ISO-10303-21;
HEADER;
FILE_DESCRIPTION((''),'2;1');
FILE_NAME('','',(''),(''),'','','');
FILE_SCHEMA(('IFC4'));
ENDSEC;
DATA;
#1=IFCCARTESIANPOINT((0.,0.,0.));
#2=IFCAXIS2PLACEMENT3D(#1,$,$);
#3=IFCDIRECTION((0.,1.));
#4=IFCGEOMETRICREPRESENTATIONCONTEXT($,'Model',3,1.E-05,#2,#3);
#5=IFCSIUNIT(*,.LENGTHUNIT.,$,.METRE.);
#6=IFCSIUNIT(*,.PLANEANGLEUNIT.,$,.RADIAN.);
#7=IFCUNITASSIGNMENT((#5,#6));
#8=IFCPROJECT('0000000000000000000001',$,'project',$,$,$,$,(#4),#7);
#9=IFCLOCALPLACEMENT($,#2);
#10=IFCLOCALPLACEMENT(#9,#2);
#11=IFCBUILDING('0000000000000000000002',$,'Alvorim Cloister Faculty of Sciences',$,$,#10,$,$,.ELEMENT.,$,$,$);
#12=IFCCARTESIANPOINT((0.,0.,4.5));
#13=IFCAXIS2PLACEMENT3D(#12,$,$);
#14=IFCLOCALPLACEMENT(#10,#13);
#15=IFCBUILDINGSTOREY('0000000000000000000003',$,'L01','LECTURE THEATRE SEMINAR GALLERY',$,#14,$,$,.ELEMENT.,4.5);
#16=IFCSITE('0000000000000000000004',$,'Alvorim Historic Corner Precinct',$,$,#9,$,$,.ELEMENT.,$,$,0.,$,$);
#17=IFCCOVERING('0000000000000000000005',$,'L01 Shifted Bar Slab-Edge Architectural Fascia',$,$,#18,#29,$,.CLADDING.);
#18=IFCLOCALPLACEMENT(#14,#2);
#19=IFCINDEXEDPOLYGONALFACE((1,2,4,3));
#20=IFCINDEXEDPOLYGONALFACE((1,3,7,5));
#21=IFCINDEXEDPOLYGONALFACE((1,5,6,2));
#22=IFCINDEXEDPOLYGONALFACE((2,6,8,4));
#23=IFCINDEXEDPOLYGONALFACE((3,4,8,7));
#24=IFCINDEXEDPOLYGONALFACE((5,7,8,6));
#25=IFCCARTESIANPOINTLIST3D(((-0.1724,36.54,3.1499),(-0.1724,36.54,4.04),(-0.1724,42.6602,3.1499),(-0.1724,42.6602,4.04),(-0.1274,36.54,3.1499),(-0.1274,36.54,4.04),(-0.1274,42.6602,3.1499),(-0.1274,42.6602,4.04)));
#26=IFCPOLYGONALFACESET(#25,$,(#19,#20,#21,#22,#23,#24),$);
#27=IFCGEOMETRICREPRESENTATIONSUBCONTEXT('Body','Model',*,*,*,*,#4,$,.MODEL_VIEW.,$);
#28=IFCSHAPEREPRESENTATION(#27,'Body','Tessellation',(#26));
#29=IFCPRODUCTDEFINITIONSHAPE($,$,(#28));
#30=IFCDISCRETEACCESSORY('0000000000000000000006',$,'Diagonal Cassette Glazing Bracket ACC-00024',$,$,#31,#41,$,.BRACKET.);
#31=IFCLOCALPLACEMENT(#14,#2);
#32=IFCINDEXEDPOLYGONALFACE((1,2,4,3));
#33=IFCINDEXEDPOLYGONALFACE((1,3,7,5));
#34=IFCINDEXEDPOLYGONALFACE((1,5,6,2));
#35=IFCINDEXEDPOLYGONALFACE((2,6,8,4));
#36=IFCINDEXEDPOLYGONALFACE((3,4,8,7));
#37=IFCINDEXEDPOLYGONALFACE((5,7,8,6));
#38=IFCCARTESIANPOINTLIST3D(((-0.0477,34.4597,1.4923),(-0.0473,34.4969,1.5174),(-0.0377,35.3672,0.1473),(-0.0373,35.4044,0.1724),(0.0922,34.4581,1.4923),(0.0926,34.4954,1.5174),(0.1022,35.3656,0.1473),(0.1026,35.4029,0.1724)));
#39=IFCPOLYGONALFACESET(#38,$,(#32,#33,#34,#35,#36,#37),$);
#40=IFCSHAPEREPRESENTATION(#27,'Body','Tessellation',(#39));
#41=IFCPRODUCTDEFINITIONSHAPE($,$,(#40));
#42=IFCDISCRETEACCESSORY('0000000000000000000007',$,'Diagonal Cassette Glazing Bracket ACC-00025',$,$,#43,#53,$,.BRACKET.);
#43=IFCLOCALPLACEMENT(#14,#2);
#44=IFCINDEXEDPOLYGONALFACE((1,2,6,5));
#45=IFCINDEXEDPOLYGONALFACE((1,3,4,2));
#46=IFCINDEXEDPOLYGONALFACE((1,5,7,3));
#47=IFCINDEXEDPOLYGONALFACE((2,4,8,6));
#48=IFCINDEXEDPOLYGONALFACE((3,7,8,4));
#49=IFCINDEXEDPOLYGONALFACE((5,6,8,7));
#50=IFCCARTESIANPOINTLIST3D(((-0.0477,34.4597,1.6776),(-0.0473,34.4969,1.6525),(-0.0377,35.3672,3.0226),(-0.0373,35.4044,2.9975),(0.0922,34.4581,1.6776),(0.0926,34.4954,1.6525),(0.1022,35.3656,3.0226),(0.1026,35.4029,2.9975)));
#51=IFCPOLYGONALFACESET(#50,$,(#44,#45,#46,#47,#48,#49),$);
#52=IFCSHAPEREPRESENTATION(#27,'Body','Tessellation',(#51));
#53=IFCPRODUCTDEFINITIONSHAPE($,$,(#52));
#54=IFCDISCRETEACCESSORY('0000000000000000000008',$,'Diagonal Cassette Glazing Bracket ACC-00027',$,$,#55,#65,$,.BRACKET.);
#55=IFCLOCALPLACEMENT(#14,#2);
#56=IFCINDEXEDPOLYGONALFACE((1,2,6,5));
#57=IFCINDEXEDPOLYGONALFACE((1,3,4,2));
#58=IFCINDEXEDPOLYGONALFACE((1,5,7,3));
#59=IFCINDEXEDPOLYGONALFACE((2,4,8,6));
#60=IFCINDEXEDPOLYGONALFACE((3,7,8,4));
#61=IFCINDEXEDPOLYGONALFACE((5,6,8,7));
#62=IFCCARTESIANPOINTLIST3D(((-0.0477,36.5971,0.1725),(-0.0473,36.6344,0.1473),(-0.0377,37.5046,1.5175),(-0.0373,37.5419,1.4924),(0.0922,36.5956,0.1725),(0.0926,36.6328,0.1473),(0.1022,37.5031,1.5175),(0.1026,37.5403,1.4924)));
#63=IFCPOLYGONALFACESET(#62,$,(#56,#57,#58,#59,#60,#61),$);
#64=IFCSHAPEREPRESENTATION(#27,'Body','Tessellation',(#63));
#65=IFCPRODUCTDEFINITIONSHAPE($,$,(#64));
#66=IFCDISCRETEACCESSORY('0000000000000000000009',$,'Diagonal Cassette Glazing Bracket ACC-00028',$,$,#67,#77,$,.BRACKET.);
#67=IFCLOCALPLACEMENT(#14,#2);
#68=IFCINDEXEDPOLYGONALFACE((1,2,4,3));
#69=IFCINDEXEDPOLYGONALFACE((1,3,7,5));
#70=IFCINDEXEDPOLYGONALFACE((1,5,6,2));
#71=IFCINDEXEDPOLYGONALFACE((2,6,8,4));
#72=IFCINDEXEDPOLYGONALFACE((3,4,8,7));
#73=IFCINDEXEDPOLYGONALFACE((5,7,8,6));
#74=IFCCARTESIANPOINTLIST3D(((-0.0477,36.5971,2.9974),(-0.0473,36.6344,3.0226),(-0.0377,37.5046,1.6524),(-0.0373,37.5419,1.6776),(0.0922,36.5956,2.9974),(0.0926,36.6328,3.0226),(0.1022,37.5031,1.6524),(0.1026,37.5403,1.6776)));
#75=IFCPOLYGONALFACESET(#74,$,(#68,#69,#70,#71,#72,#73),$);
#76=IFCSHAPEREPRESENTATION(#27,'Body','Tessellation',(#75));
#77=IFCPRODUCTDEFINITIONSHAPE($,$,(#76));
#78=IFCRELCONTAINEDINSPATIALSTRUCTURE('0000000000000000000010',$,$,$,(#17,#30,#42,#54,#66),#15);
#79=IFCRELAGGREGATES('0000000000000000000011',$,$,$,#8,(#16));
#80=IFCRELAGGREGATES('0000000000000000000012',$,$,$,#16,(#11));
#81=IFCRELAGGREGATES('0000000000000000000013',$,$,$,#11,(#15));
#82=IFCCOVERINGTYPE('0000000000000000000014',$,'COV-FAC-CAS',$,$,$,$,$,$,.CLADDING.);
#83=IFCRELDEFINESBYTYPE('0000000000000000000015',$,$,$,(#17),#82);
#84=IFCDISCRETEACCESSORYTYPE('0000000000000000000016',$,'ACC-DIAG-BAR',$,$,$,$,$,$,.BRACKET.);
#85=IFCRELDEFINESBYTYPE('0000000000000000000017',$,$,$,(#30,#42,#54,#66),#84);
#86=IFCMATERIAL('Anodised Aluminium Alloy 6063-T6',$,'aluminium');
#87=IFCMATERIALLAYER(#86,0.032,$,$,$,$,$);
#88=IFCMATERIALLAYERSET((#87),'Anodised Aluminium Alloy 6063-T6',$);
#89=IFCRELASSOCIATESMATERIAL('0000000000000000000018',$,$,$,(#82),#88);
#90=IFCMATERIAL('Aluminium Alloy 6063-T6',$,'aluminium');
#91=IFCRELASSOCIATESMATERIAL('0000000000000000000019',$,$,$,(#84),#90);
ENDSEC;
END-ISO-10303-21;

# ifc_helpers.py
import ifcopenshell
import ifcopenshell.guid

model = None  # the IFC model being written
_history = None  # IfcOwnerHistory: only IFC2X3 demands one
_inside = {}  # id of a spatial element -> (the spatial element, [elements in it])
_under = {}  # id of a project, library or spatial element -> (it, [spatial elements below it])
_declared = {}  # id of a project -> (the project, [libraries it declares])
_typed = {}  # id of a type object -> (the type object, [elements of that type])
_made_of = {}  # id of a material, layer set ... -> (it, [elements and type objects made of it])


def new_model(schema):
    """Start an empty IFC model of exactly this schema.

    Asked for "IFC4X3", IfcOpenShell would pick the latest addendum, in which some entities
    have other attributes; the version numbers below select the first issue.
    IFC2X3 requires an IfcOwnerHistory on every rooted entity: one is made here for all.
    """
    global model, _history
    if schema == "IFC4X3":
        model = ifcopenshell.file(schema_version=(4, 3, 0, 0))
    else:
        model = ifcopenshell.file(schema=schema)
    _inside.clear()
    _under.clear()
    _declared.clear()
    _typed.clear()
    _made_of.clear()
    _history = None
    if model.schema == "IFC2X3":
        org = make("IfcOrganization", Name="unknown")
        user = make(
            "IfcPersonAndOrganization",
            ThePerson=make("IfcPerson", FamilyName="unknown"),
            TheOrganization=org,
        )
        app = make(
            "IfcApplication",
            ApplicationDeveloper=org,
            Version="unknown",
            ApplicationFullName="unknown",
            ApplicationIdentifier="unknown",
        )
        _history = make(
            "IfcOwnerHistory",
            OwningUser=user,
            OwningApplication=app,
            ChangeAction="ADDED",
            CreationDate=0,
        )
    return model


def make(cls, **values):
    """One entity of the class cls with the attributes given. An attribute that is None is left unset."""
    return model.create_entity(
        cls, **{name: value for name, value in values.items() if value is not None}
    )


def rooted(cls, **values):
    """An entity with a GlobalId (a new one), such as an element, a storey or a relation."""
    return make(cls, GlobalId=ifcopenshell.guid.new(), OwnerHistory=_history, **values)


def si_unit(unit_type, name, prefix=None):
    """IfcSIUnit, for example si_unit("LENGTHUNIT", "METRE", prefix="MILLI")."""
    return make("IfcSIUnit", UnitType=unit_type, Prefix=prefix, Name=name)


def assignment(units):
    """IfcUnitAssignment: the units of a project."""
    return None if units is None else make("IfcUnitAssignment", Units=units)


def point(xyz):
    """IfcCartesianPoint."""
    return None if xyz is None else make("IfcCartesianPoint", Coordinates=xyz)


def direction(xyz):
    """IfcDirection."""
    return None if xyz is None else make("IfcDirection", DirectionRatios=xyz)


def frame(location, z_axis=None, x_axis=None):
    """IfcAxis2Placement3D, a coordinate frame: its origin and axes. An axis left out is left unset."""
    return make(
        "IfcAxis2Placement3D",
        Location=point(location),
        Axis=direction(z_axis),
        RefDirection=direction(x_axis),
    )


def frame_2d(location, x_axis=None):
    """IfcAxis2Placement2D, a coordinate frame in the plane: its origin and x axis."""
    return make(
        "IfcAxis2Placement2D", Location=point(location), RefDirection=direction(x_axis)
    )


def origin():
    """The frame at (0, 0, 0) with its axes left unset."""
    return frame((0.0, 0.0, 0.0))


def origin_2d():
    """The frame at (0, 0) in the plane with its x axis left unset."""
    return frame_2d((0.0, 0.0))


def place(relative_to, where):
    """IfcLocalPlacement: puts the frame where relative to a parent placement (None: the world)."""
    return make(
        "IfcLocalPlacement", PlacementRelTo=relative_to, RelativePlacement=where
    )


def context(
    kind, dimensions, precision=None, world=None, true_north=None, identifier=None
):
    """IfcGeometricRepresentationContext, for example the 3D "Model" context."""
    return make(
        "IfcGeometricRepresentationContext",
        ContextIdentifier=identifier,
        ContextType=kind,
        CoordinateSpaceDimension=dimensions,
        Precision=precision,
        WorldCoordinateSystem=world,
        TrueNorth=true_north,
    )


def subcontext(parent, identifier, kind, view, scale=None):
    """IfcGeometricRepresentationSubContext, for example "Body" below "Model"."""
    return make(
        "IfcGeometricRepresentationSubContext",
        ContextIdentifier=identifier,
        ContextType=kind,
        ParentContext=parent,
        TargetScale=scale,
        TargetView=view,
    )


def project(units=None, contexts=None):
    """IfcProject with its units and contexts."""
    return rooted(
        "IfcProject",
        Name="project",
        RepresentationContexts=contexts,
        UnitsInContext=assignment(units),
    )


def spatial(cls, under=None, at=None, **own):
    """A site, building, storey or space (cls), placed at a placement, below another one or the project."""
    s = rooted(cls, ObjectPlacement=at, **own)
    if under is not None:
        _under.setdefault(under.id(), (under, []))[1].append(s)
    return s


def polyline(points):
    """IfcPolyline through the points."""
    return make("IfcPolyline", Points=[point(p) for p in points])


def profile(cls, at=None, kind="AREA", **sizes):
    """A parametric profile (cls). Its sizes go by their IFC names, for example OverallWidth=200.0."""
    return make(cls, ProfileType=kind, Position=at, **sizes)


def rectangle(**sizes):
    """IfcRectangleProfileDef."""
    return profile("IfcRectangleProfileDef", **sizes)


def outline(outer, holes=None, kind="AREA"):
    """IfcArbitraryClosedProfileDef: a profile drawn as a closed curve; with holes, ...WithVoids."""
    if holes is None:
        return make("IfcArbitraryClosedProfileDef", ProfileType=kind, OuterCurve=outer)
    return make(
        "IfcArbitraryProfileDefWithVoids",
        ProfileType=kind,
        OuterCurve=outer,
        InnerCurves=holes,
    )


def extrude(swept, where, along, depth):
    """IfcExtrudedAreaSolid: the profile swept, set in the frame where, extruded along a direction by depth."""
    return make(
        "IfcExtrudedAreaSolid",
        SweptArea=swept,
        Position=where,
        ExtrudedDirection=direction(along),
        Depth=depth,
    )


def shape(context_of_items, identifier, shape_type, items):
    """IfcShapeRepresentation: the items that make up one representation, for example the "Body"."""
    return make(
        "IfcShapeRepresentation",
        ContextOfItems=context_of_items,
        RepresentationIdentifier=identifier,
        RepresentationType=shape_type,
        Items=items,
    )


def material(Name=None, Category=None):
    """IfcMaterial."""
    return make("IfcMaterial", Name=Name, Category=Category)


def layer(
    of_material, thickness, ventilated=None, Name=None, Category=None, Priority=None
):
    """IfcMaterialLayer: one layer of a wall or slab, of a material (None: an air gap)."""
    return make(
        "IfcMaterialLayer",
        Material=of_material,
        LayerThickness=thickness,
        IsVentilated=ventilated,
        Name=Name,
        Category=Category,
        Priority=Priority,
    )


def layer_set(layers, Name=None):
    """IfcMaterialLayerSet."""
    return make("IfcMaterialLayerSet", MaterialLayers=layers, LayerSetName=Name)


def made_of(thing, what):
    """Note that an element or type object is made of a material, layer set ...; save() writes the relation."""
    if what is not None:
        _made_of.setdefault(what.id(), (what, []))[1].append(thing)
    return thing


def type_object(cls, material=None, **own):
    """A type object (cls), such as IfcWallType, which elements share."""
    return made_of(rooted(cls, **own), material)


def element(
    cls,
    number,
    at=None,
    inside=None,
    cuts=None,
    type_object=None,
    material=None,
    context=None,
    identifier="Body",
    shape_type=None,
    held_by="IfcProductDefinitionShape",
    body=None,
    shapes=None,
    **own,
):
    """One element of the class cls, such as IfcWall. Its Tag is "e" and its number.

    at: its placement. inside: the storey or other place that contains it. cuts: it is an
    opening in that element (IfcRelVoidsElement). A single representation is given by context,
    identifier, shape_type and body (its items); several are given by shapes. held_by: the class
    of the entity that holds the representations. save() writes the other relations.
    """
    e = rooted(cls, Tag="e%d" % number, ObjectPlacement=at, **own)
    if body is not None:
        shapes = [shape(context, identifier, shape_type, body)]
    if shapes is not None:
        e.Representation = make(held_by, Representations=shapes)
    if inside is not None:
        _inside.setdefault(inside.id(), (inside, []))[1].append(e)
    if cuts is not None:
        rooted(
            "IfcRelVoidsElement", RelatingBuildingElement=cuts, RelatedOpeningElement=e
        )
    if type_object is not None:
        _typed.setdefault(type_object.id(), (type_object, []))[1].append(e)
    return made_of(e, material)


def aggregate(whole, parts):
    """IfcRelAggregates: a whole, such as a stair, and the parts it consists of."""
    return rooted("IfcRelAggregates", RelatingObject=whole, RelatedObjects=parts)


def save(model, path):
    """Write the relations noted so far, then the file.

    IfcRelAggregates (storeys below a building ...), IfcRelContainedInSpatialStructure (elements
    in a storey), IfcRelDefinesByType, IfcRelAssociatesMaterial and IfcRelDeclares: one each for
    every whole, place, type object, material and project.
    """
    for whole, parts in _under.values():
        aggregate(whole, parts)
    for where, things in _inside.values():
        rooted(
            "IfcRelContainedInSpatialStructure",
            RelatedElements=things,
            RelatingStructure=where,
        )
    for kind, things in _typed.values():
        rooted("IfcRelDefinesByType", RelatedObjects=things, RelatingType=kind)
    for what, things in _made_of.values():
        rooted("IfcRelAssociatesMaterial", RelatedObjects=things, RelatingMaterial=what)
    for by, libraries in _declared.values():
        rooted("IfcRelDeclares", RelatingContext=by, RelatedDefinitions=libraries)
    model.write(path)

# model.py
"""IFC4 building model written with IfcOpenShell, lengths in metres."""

from ifc_helpers import new_model, si_unit, direction, frame, origin, origin_2d, place, context, subcontext, project, spatial, polyline, rectangle, outline, extrude, material, layer, layer_set, type_object, element, save


model = new_model("IFC4")

# Units and contexts
model_context = context("Model", 3, precision=1e-05, world=origin(), true_north=direction((0.0, 1.0)))
body_context = subcontext(model_context, "Body", "Model", "MODEL_VIEW")
ifc_project = project(units=[si_unit("LENGTHUNIT", "METRE"), si_unit("PLANEANGLEUNIT", "RADIAN")], contexts=[model_context])

# Site, building, storey
site_placement = place(None, origin())
site = spatial("IfcSite", under=ifc_project, at=site_placement, Name="Alvorim Historic Corner Precinct", CompositionType="ELEMENT", RefElevation=0.0)
building_placement = place(site_placement, origin())
building = spatial("IfcBuilding", under=site, at=building_placement, Name="Alvorim Cloister Faculty of Sciences", CompositionType="ELEMENT")
storey_placement = place(building_placement, frame((0.0, 0.0, 4.5)))
storey = spatial("IfcBuildingStorey", under=building, at=storey_placement, Name="L01", Description="LECTURE THEATRE SEMINAR GALLERY", CompositionType="ELEMENT", Elevation=4.5)

# Shared definitions
ifc_material_1 = material(Name="Aluminium Alloy 6063-T6", Category="aluminium")

# Covering
ifc_material_2 = material(Name="Anodised Aluminium Alloy 6063-T6", Category="aluminium")
ifc_layer_1 = layer(ifc_material_2, 0.032)
ifc_layer_set_1 = layer_set([ifc_layer_1], Name="Anodised Aluminium Alloy 6063-T6")
covering_type = type_object("IfcCoveringType", Name="COV-FAC-CAS", PredefinedType="CLADDING", material=ifc_layer_set_1)
covering_placement = place(storey_placement, frame((-0.1499, 36.54, 3.1499), z_axis=(0.0, 0.0, 1.0), x_axis=(0.0, 1.0, 0.0)))
element("IfcCovering", 1, at=covering_placement, inside=storey, type_object=covering_type, Name="L01 Shifted Bar Slab-Edge Architectural Fascia", PredefinedType="CLADDING", context=body_context, shape_type="SweptSolid", body=[
    extrude(outline(polyline([(0.0, 0.0), (6.1201, 0.0), (6.1201, 0.8901), (0.0, 0.8901), (0.0, 0.0)])), frame((0.0, 0.0225, 0.0), z_axis=(0.0, -1.0, 0.0), x_axis=(1.0, 0.0, 0.0)), (0.0, 0.0, 1.0), 0.0449),
])

# Discrete accessories
discrete_accessory_type = type_object("IfcDiscreteAccessoryType", Name="ACC-DIAG-BAR", PredefinedType="BRACKET", material=ifc_material_1)
for number, where, z_axis, x_axis, name in (
    (2, (0.0225, 34.4775, 1.5049), (0.006169, 0.559299, -0.828943), (-0.999939, 0.01103, 0.0), "Diagonal Cassette Glazing Bracket ACC-00024"),
    (3, (0.0225, 34.4775, 1.665), (0.006169, 0.559299, 0.828943), (-0.999939, 0.01103, 0.0), "Diagonal Cassette Glazing Bracket ACC-00025"),
    (4, (0.0225, 36.615, 0.1599), (0.006169, 0.559299, 0.828943), (-0.999939, 0.01103, 0.0), "Diagonal Cassette Glazing Bracket ACC-00027"),
    (5, (0.0225, 36.615, 3.01), (0.006169, 0.559299, -0.828943), (-0.999939, 0.01103, 0.0), "Diagonal Cassette Glazing Bracket ACC-00028"),
):
    element("IfcDiscreteAccessory", number, at=place(storey_placement, frame(where, z_axis=z_axis, x_axis=x_axis)), inside=storey, type_object=discrete_accessory_type, Name=name, PredefinedType="BRACKET", context=body_context, shape_type="SweptSolid", body=[
        extrude(rectangle(XDim=0.1399, YDim=0.0449, at=origin_2d()), origin(), (0.0, 0.0, 1.0), 1.6226),
    ])

save(model, "model.ifc")
